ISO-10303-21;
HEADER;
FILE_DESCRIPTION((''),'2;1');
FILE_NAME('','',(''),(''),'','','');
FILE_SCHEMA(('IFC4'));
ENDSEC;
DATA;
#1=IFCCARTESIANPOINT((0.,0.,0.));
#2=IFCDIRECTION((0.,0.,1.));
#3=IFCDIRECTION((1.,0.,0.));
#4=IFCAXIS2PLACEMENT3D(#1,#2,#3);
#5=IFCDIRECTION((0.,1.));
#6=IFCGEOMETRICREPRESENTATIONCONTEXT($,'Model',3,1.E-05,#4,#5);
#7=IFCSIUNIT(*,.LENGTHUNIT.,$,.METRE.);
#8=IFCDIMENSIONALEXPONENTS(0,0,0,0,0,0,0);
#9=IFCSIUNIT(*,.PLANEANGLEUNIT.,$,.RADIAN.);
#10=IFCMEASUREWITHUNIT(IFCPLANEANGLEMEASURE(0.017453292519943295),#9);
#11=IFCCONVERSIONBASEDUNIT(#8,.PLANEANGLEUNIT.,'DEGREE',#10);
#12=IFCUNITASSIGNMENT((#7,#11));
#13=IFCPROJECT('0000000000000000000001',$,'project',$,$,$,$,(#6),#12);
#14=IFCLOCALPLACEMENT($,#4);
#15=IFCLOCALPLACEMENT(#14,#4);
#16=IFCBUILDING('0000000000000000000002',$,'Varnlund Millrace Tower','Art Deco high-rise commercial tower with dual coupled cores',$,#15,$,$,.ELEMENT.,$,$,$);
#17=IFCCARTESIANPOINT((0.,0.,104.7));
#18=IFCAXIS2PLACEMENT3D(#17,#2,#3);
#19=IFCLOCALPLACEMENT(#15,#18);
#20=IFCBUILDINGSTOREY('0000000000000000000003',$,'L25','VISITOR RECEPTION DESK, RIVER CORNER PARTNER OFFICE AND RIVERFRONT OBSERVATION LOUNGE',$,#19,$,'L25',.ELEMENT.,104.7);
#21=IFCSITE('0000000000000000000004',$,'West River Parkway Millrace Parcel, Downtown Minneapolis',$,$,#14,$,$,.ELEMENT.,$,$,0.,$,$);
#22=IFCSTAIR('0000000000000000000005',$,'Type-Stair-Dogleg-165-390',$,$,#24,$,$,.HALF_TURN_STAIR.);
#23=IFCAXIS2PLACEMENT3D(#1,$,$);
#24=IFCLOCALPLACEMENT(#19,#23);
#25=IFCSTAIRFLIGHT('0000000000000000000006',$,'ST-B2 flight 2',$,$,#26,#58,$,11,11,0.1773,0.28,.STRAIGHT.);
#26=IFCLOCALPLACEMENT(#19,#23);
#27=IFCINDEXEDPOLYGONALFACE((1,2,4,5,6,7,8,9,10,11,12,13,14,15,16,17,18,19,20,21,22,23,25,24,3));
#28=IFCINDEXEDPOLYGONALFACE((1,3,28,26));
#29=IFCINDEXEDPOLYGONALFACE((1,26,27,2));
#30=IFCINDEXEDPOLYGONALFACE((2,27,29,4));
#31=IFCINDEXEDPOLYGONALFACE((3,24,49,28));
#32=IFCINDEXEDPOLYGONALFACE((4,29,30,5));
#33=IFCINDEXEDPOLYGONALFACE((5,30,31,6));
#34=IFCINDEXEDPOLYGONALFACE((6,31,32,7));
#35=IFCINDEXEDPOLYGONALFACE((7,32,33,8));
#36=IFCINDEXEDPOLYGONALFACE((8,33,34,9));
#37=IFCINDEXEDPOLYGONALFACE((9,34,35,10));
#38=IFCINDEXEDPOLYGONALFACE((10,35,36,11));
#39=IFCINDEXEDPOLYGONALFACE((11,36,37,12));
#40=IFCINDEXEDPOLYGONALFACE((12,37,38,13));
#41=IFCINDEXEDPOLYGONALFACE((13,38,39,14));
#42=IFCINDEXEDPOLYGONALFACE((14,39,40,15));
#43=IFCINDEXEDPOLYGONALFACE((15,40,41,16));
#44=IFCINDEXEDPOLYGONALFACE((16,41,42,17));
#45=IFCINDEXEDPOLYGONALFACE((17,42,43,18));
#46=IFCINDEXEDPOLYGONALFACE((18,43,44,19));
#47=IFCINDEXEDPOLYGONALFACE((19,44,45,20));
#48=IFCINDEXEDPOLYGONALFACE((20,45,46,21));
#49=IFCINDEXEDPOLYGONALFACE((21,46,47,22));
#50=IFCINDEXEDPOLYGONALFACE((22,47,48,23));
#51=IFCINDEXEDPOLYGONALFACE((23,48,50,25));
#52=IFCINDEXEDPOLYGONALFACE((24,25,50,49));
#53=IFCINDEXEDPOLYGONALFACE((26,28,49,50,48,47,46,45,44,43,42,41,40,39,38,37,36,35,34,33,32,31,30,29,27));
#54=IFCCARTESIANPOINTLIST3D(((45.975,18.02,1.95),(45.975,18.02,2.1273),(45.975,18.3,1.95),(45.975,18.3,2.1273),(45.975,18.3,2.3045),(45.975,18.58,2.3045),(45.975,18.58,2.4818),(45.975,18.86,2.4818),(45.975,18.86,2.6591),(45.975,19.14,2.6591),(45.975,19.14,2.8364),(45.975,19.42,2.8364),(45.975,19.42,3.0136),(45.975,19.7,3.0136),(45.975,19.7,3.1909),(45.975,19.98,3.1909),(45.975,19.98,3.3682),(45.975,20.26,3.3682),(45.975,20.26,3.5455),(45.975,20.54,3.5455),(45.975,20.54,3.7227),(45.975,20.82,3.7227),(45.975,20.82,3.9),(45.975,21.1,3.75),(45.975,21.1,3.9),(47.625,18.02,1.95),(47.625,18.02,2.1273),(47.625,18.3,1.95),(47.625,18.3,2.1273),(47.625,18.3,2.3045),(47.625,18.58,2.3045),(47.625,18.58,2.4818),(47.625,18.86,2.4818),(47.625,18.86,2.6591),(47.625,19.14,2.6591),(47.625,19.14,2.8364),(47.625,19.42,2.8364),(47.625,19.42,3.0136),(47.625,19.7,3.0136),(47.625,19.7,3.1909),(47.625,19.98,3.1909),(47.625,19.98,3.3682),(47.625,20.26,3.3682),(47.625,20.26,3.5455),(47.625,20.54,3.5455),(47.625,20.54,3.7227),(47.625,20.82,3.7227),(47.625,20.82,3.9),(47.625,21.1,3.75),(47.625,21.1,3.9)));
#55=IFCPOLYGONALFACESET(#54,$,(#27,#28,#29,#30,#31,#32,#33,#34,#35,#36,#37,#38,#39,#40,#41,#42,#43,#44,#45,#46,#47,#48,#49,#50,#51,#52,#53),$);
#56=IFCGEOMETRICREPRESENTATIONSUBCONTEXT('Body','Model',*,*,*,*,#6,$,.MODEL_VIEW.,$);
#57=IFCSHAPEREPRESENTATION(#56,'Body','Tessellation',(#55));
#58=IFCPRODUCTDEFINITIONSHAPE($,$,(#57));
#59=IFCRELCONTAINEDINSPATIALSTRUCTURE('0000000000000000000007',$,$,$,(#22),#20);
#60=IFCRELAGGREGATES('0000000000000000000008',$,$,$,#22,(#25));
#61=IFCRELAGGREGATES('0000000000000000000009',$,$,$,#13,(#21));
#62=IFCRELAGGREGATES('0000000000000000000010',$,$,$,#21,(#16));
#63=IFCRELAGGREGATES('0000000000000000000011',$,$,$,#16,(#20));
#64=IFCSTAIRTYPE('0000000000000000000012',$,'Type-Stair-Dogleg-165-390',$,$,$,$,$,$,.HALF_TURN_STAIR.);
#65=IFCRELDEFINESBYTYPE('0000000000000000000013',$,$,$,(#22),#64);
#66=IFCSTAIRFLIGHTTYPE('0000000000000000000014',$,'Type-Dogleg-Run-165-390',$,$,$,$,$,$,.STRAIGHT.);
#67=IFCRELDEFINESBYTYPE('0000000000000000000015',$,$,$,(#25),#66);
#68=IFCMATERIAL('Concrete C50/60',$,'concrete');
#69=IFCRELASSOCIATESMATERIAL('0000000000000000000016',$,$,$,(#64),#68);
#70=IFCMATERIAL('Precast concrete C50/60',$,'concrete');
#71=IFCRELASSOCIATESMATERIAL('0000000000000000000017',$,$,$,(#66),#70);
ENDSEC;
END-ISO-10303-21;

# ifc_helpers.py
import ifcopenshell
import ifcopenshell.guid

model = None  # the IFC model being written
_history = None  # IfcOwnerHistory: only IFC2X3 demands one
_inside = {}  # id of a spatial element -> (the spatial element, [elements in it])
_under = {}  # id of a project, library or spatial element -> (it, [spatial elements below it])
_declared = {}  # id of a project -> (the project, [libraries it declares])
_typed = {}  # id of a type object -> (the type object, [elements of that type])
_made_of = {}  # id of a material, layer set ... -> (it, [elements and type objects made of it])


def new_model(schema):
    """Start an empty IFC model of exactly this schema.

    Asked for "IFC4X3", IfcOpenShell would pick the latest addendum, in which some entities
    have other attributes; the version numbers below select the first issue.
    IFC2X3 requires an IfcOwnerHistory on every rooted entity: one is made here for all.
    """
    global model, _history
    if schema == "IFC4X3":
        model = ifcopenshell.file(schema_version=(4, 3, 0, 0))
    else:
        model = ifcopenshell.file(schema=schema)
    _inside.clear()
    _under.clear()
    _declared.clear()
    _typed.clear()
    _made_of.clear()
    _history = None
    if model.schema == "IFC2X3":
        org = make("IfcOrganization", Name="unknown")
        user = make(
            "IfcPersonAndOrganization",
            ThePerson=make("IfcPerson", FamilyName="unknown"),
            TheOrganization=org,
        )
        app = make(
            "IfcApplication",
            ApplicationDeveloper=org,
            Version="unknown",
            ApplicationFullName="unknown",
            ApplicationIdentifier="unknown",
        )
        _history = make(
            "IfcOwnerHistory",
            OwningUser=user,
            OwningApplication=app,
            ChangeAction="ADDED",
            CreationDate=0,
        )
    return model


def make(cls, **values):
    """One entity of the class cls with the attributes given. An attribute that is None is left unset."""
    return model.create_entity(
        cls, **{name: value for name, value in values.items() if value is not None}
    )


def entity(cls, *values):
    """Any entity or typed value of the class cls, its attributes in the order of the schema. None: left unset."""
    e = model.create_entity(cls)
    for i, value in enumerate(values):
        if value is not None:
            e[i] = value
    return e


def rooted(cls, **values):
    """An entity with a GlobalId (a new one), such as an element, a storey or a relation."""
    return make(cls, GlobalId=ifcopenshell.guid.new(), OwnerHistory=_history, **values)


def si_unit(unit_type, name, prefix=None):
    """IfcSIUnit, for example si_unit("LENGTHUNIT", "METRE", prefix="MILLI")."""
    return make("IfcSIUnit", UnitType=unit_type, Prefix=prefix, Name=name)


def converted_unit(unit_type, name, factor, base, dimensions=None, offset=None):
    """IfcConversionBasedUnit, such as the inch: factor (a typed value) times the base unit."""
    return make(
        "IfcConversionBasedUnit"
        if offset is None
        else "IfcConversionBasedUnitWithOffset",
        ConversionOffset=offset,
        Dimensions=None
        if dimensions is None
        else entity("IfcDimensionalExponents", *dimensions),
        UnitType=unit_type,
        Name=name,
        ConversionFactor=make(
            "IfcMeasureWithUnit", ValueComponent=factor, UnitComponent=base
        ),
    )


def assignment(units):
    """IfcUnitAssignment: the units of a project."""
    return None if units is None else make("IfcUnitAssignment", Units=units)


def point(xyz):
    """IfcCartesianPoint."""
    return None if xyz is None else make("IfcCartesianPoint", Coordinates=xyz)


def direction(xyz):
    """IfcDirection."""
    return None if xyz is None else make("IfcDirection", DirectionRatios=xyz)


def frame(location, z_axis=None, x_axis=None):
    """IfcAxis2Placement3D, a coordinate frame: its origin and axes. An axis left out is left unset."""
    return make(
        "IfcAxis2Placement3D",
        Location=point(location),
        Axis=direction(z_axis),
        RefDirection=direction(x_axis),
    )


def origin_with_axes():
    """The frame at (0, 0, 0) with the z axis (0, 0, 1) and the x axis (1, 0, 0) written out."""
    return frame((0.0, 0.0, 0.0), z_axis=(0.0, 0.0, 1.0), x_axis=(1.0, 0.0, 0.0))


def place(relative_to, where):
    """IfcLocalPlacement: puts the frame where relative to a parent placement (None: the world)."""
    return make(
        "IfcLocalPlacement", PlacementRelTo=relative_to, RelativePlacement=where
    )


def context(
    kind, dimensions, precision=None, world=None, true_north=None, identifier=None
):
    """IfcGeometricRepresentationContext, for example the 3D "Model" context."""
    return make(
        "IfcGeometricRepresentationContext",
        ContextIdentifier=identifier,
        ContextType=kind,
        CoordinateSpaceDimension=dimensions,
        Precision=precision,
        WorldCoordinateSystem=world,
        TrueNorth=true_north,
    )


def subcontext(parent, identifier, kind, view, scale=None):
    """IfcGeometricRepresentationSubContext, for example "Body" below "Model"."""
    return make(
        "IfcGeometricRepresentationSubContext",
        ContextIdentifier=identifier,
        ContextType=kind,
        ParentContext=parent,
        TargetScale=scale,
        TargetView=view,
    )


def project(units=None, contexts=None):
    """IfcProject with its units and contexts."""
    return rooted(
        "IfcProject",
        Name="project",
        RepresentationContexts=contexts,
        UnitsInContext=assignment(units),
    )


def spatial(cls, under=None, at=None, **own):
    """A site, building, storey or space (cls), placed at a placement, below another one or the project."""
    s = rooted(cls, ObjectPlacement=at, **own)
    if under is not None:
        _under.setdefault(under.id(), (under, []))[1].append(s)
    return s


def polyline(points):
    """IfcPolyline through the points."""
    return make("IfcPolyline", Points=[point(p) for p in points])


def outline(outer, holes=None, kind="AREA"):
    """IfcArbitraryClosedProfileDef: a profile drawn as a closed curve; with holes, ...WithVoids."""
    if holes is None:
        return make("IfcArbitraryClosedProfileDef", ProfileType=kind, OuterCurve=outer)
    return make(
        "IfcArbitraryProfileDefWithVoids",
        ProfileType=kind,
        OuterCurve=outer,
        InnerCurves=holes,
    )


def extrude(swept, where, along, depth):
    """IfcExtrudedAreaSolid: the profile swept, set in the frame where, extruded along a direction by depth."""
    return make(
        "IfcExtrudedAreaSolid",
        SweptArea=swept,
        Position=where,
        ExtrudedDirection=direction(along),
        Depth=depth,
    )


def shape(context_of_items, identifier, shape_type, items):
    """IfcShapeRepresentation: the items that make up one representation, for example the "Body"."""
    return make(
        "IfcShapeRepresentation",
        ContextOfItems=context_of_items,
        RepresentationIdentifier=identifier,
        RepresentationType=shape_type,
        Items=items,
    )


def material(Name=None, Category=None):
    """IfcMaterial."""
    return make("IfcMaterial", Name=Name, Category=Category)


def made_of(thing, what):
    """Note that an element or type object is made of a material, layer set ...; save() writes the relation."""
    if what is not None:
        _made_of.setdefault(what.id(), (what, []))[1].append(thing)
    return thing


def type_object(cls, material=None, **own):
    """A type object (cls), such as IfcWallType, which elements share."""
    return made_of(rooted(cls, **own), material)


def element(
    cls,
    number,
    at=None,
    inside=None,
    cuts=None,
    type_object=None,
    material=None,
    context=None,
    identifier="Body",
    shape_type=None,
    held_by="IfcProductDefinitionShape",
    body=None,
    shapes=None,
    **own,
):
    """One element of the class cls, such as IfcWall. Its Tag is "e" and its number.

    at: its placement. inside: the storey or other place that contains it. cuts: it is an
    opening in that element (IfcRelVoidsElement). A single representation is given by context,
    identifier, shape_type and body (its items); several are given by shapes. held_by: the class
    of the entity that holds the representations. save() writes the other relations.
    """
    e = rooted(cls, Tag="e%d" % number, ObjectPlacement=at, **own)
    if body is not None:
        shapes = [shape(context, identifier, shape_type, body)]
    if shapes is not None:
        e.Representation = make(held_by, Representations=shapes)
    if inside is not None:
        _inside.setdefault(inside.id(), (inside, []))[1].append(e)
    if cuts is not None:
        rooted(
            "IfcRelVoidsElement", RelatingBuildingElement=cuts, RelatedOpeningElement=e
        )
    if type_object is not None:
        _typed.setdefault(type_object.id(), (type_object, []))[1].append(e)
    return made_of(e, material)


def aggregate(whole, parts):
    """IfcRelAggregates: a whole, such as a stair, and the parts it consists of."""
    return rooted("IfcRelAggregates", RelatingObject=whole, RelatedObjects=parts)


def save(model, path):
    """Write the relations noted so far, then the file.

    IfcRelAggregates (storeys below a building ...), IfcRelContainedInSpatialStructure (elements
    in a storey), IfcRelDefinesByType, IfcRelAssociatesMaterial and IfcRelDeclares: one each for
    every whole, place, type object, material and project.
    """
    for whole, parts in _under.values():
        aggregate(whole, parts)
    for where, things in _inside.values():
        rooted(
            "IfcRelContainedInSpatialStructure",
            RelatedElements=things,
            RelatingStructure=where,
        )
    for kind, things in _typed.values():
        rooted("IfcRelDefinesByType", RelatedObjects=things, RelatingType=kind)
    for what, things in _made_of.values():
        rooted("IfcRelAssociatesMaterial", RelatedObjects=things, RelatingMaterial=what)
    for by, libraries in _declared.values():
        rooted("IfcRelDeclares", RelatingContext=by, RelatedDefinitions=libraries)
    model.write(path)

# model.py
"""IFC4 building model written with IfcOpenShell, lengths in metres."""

from ifc_helpers import new_model, entity, si_unit, converted_unit, direction, frame, origin_with_axes, place, context, subcontext, project, spatial, polyline, outline, extrude, material, type_object, element, aggregate, save


model = new_model("IFC4")

# Units and contexts
model_context = context("Model", 3, precision=1e-05, world=origin_with_axes(), true_north=direction((0.0, 1.0)))
body_context = subcontext(model_context, "Body", "Model", "MODEL_VIEW")
ifc_project = project(units=[si_unit("LENGTHUNIT", "METRE"), converted_unit("PLANEANGLEUNIT", "DEGREE", entity("IfcPlaneAngleMeasure", 0.017453292519943295), si_unit("PLANEANGLEUNIT", "RADIAN"), dimensions=[0, 0, 0, 0, 0, 0, 0])], contexts=[model_context])

# Site, building, storey
site_placement = place(None, origin_with_axes())
site = spatial("IfcSite", under=ifc_project, at=site_placement, Name="West River Parkway Millrace Parcel, Downtown Minneapolis", CompositionType="ELEMENT", RefElevation=0.0)
building_placement = place(site_placement, origin_with_axes())
building = spatial("IfcBuilding", under=site, at=building_placement, Name="Varnlund Millrace Tower", Description="Art Deco high-rise commercial tower with dual coupled cores", CompositionType="ELEMENT")
storey_placement = place(building_placement, frame((0.0, 0.0, 104.7), z_axis=(0.0, 0.0, 1.0), x_axis=(1.0, 0.0, 0.0)))
storey = spatial("IfcBuildingStorey", under=building, at=storey_placement, Name="L25", Description="VISITOR RECEPTION DESK, RIVER CORNER PARTNER OFFICE AND RIVERFRONT OBSERVATION LOUNGE", LongName="L25", CompositionType="ELEMENT", Elevation=104.7)

# Shared definitions
ifc_material_1 = material(Name="Precast concrete C50/60", Category="concrete")

# Stair, stair flight
ifc_material_2 = material(Name="Concrete C50/60", Category="concrete")
stair_type = type_object("IfcStairType", Name="Type-Stair-Dogleg-165-390", PredefinedType="HALF_TURN_STAIR", material=ifc_material_2)
stair_placement = place(storey_placement, origin_with_axes())
stair = element("IfcStair", 1, at=stair_placement, inside=storey, type_object=stair_type, Name="Type-Stair-Dogleg-165-390", PredefinedType="HALF_TURN_STAIR")
stair_flight_type = type_object("IfcStairFlightType", Name="Type-Dogleg-Run-165-390", PredefinedType="STRAIGHT", material=ifc_material_1)
stair_flight_placement = place(storey_placement, frame((45.975, 18.02, 1.95), z_axis=(1.0, 0.0, 0.0), x_axis=(0.0, 1.0, 0.0)))
stair_flight = element("IfcStairFlight", 2, at=stair_flight_placement, type_object=stair_flight_type, Name="ST-B2 flight 2", NumberOfRisers=11, NumberOfTreads=11, PredefinedType="STRAIGHT", RiserHeight=0.1773, TreadLength=0.28, context=body_context, shape_type="SweptSolid", body=[
    extrude(outline(polyline([(0.0, 0.0), (0.0, 0.1773), (0.28, 0.1773), (0.28, 0.3545), (0.56, 0.3545), (0.56, 0.5318), (0.84, 0.5318), (0.84, 0.7091), (1.12, 0.7091), (1.12, 0.8864), (1.4, 0.8864), (1.4, 1.0636), (1.68, 1.0636), (1.68, 1.2409), (1.96, 1.2409), (1.96, 1.4182), (2.24, 1.4182), (2.24, 1.5955), (2.52, 1.5955), (2.52, 1.7727), (2.8, 1.7727), (2.8, 1.95), (3.08, 1.95), (3.08, 1.8), (0.28, 0.0), (0.0, 0.0)])), origin_with_axes(), (0.0, 0.0, 1.0), 1.65),
])
aggregate(stair, [stair_flight])

save(model, "model.ifc")
